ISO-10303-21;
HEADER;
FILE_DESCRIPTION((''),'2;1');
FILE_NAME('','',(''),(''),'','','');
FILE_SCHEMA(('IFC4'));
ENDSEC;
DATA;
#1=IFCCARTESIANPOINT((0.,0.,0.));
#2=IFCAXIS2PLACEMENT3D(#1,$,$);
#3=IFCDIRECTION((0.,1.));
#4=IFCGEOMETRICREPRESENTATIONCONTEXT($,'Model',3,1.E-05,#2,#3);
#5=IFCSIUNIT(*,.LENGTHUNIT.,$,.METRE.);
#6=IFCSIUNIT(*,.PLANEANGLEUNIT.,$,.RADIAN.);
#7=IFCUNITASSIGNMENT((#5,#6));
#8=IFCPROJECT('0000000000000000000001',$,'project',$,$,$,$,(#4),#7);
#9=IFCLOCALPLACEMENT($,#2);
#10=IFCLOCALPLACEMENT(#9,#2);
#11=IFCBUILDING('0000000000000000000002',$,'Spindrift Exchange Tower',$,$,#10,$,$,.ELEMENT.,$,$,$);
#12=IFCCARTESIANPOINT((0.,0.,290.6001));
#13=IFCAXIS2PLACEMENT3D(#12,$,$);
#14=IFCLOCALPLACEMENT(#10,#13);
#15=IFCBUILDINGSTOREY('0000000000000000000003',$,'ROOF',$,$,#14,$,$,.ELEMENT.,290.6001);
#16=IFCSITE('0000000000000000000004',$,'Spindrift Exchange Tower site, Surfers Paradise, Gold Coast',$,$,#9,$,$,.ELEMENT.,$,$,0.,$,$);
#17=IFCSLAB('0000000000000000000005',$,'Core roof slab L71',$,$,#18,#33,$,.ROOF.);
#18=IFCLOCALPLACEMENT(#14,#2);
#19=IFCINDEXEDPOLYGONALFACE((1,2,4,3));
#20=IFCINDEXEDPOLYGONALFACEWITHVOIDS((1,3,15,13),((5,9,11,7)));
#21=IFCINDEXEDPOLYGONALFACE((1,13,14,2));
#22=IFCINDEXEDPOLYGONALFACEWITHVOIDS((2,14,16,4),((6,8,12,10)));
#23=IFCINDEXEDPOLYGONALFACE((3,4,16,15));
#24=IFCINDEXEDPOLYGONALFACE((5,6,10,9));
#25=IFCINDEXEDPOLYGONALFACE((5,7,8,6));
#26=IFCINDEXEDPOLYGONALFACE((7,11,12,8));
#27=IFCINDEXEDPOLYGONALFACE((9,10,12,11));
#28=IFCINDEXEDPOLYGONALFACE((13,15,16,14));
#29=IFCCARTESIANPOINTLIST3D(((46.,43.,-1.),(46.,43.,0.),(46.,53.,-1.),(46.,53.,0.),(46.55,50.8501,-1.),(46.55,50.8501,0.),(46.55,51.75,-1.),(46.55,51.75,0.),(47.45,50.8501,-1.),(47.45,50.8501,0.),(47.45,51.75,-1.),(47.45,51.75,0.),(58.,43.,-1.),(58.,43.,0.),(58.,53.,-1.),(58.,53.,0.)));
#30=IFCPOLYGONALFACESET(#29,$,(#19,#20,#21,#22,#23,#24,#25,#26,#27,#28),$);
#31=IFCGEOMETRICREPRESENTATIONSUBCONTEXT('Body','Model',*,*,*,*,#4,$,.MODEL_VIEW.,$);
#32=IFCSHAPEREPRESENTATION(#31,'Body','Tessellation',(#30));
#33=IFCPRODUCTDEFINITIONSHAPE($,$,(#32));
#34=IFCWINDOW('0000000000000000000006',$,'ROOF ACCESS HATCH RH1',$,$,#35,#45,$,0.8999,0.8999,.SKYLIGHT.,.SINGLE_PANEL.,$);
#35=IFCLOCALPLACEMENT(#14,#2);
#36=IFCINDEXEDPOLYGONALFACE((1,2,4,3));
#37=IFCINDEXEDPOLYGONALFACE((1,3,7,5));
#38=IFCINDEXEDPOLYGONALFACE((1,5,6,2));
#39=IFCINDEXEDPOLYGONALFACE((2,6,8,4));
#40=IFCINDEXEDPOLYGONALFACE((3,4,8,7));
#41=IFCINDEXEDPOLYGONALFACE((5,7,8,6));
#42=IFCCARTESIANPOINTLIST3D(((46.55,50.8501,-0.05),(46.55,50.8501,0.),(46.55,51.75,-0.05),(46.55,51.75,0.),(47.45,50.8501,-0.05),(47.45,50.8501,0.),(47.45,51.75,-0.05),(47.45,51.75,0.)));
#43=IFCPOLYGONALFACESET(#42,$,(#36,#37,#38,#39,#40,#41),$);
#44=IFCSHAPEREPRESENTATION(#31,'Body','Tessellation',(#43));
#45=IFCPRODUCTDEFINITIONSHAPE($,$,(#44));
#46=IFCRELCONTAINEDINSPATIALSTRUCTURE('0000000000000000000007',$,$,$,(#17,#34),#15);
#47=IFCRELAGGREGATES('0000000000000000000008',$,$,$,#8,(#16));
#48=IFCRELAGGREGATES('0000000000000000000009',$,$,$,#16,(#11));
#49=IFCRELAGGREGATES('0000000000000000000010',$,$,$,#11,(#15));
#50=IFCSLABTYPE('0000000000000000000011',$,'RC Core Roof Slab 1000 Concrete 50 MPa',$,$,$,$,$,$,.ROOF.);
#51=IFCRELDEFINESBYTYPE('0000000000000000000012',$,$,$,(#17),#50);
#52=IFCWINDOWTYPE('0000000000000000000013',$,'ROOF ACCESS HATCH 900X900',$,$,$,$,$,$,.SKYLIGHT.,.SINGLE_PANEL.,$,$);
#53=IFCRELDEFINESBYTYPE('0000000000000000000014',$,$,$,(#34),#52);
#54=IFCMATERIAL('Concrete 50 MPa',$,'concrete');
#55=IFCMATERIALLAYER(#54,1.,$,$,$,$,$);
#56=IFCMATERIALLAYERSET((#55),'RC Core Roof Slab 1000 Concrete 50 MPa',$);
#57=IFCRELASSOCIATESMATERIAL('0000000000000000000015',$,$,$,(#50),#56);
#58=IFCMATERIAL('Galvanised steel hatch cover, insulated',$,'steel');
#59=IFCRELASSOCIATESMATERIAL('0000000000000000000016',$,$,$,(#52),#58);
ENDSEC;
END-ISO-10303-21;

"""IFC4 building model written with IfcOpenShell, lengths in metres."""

from ifc_helpers import new_model, si_unit, direction, frame, origin, origin_2d, place, context, subcontext, project, spatial, line, indexed_curve, rectangle, outline, extrude, material, layer, layer_set, type_object, element, fill, save


model = new_model("IFC4")

# Units and contexts
model_context = context("Model", 3, precision=1e-05, world=origin(), true_north=direction((0.0, 1.0)))
body_context = subcontext(model_context, "Body", "Model", "MODEL_VIEW")
ifc_project = project(units=[si_unit("LENGTHUNIT", "METRE"), si_unit("PLANEANGLEUNIT", "RADIAN")], contexts=[model_context])

# Site, building, storey
site_placement = place(None, origin())
site = spatial("IfcSite", under=ifc_project, at=site_placement, Name="Spindrift Exchange Tower site, Surfers Paradise, Gold Coast", CompositionType="ELEMENT", RefElevation=0.0)
building_placement = place(site_placement, origin())
building = spatial("IfcBuilding", under=site, at=building_placement, Name="Spindrift Exchange Tower", CompositionType="ELEMENT")
storey_placement = place(building_placement, frame((0.0, 0.0, 290.6001)))
storey = spatial("IfcBuildingStorey", under=building, at=storey_placement, Name="ROOF", CompositionType="ELEMENT", Elevation=290.6001)

# Slab, opening, window
ifc_material_1 = material(Name="Concrete 50 MPa", Category="concrete")
ifc_layer_1 = layer(ifc_material_1, 1.0)
ifc_layer_set_1 = layer_set([ifc_layer_1], Name="RC Core Roof Slab 1000 Concrete 50 MPa")
slab_type_1 = type_object("IfcSlabType", Name="RC Core Roof Slab 1000 Concrete 50 MPa", PredefinedType="ROOF", material=ifc_layer_set_1)
slab_1_placement = place(storey_placement, frame((0.0, 0.0, -1.0)))
slab_1 = element("IfcSlab", 1, at=slab_1_placement, inside=storey, type_object=slab_type_1, Name="Core roof slab L71", PredefinedType="ROOF", context=body_context, shape_type="SweptSolid", body=[
    extrude(outline(indexed_curve([(46.0, 43.0), (58.0, 43.0), (58.0, 53.0), (46.0, 53.0)], segments=[line(1, 2, 3, 4, 1)], self_intersect=False)), origin(), (0.0, 0.0, 1.0), 1.0),
])
opening_placement = place(slab_1_placement, frame((47.0, 51.3, -0.01)))
opening = element("IfcOpeningElement", 2, at=opening_placement, cuts=slab_1, PredefinedType="OPENING", context=body_context, shape_type="SweptSolid", body=[
    extrude(rectangle(XDim=0.8999, YDim=0.8999, at=origin_2d()), origin(), (0.0, 0.0, 1.0), 1.02),
])
ifc_material_2 = material(Name="Galvanised steel hatch cover, insulated", Category="steel")
window_type = type_object("IfcWindowType", Name="ROOF ACCESS HATCH 900X900", PartitioningType="SINGLE_PANEL", PredefinedType="SKYLIGHT", material=ifc_material_2)
window_placement = place(opening_placement, frame((0.0, 0.0, 0.96)))
window = element("IfcWindow", 3, at=window_placement, inside=storey, type_object=window_type, Name="ROOF ACCESS HATCH RH1", OverallHeight=0.8999, OverallWidth=0.8999, PartitioningType="SINGLE_PANEL", PredefinedType="SKYLIGHT", context=body_context, shape_type="SweptSolid", body=[
    extrude(rectangle(XDim=0.8999, YDim=0.8999, at=origin_2d()), origin(), (0.0, 0.0, 1.0), 0.05),
])
fill(opening, window)

save(model, "model.ifc")
